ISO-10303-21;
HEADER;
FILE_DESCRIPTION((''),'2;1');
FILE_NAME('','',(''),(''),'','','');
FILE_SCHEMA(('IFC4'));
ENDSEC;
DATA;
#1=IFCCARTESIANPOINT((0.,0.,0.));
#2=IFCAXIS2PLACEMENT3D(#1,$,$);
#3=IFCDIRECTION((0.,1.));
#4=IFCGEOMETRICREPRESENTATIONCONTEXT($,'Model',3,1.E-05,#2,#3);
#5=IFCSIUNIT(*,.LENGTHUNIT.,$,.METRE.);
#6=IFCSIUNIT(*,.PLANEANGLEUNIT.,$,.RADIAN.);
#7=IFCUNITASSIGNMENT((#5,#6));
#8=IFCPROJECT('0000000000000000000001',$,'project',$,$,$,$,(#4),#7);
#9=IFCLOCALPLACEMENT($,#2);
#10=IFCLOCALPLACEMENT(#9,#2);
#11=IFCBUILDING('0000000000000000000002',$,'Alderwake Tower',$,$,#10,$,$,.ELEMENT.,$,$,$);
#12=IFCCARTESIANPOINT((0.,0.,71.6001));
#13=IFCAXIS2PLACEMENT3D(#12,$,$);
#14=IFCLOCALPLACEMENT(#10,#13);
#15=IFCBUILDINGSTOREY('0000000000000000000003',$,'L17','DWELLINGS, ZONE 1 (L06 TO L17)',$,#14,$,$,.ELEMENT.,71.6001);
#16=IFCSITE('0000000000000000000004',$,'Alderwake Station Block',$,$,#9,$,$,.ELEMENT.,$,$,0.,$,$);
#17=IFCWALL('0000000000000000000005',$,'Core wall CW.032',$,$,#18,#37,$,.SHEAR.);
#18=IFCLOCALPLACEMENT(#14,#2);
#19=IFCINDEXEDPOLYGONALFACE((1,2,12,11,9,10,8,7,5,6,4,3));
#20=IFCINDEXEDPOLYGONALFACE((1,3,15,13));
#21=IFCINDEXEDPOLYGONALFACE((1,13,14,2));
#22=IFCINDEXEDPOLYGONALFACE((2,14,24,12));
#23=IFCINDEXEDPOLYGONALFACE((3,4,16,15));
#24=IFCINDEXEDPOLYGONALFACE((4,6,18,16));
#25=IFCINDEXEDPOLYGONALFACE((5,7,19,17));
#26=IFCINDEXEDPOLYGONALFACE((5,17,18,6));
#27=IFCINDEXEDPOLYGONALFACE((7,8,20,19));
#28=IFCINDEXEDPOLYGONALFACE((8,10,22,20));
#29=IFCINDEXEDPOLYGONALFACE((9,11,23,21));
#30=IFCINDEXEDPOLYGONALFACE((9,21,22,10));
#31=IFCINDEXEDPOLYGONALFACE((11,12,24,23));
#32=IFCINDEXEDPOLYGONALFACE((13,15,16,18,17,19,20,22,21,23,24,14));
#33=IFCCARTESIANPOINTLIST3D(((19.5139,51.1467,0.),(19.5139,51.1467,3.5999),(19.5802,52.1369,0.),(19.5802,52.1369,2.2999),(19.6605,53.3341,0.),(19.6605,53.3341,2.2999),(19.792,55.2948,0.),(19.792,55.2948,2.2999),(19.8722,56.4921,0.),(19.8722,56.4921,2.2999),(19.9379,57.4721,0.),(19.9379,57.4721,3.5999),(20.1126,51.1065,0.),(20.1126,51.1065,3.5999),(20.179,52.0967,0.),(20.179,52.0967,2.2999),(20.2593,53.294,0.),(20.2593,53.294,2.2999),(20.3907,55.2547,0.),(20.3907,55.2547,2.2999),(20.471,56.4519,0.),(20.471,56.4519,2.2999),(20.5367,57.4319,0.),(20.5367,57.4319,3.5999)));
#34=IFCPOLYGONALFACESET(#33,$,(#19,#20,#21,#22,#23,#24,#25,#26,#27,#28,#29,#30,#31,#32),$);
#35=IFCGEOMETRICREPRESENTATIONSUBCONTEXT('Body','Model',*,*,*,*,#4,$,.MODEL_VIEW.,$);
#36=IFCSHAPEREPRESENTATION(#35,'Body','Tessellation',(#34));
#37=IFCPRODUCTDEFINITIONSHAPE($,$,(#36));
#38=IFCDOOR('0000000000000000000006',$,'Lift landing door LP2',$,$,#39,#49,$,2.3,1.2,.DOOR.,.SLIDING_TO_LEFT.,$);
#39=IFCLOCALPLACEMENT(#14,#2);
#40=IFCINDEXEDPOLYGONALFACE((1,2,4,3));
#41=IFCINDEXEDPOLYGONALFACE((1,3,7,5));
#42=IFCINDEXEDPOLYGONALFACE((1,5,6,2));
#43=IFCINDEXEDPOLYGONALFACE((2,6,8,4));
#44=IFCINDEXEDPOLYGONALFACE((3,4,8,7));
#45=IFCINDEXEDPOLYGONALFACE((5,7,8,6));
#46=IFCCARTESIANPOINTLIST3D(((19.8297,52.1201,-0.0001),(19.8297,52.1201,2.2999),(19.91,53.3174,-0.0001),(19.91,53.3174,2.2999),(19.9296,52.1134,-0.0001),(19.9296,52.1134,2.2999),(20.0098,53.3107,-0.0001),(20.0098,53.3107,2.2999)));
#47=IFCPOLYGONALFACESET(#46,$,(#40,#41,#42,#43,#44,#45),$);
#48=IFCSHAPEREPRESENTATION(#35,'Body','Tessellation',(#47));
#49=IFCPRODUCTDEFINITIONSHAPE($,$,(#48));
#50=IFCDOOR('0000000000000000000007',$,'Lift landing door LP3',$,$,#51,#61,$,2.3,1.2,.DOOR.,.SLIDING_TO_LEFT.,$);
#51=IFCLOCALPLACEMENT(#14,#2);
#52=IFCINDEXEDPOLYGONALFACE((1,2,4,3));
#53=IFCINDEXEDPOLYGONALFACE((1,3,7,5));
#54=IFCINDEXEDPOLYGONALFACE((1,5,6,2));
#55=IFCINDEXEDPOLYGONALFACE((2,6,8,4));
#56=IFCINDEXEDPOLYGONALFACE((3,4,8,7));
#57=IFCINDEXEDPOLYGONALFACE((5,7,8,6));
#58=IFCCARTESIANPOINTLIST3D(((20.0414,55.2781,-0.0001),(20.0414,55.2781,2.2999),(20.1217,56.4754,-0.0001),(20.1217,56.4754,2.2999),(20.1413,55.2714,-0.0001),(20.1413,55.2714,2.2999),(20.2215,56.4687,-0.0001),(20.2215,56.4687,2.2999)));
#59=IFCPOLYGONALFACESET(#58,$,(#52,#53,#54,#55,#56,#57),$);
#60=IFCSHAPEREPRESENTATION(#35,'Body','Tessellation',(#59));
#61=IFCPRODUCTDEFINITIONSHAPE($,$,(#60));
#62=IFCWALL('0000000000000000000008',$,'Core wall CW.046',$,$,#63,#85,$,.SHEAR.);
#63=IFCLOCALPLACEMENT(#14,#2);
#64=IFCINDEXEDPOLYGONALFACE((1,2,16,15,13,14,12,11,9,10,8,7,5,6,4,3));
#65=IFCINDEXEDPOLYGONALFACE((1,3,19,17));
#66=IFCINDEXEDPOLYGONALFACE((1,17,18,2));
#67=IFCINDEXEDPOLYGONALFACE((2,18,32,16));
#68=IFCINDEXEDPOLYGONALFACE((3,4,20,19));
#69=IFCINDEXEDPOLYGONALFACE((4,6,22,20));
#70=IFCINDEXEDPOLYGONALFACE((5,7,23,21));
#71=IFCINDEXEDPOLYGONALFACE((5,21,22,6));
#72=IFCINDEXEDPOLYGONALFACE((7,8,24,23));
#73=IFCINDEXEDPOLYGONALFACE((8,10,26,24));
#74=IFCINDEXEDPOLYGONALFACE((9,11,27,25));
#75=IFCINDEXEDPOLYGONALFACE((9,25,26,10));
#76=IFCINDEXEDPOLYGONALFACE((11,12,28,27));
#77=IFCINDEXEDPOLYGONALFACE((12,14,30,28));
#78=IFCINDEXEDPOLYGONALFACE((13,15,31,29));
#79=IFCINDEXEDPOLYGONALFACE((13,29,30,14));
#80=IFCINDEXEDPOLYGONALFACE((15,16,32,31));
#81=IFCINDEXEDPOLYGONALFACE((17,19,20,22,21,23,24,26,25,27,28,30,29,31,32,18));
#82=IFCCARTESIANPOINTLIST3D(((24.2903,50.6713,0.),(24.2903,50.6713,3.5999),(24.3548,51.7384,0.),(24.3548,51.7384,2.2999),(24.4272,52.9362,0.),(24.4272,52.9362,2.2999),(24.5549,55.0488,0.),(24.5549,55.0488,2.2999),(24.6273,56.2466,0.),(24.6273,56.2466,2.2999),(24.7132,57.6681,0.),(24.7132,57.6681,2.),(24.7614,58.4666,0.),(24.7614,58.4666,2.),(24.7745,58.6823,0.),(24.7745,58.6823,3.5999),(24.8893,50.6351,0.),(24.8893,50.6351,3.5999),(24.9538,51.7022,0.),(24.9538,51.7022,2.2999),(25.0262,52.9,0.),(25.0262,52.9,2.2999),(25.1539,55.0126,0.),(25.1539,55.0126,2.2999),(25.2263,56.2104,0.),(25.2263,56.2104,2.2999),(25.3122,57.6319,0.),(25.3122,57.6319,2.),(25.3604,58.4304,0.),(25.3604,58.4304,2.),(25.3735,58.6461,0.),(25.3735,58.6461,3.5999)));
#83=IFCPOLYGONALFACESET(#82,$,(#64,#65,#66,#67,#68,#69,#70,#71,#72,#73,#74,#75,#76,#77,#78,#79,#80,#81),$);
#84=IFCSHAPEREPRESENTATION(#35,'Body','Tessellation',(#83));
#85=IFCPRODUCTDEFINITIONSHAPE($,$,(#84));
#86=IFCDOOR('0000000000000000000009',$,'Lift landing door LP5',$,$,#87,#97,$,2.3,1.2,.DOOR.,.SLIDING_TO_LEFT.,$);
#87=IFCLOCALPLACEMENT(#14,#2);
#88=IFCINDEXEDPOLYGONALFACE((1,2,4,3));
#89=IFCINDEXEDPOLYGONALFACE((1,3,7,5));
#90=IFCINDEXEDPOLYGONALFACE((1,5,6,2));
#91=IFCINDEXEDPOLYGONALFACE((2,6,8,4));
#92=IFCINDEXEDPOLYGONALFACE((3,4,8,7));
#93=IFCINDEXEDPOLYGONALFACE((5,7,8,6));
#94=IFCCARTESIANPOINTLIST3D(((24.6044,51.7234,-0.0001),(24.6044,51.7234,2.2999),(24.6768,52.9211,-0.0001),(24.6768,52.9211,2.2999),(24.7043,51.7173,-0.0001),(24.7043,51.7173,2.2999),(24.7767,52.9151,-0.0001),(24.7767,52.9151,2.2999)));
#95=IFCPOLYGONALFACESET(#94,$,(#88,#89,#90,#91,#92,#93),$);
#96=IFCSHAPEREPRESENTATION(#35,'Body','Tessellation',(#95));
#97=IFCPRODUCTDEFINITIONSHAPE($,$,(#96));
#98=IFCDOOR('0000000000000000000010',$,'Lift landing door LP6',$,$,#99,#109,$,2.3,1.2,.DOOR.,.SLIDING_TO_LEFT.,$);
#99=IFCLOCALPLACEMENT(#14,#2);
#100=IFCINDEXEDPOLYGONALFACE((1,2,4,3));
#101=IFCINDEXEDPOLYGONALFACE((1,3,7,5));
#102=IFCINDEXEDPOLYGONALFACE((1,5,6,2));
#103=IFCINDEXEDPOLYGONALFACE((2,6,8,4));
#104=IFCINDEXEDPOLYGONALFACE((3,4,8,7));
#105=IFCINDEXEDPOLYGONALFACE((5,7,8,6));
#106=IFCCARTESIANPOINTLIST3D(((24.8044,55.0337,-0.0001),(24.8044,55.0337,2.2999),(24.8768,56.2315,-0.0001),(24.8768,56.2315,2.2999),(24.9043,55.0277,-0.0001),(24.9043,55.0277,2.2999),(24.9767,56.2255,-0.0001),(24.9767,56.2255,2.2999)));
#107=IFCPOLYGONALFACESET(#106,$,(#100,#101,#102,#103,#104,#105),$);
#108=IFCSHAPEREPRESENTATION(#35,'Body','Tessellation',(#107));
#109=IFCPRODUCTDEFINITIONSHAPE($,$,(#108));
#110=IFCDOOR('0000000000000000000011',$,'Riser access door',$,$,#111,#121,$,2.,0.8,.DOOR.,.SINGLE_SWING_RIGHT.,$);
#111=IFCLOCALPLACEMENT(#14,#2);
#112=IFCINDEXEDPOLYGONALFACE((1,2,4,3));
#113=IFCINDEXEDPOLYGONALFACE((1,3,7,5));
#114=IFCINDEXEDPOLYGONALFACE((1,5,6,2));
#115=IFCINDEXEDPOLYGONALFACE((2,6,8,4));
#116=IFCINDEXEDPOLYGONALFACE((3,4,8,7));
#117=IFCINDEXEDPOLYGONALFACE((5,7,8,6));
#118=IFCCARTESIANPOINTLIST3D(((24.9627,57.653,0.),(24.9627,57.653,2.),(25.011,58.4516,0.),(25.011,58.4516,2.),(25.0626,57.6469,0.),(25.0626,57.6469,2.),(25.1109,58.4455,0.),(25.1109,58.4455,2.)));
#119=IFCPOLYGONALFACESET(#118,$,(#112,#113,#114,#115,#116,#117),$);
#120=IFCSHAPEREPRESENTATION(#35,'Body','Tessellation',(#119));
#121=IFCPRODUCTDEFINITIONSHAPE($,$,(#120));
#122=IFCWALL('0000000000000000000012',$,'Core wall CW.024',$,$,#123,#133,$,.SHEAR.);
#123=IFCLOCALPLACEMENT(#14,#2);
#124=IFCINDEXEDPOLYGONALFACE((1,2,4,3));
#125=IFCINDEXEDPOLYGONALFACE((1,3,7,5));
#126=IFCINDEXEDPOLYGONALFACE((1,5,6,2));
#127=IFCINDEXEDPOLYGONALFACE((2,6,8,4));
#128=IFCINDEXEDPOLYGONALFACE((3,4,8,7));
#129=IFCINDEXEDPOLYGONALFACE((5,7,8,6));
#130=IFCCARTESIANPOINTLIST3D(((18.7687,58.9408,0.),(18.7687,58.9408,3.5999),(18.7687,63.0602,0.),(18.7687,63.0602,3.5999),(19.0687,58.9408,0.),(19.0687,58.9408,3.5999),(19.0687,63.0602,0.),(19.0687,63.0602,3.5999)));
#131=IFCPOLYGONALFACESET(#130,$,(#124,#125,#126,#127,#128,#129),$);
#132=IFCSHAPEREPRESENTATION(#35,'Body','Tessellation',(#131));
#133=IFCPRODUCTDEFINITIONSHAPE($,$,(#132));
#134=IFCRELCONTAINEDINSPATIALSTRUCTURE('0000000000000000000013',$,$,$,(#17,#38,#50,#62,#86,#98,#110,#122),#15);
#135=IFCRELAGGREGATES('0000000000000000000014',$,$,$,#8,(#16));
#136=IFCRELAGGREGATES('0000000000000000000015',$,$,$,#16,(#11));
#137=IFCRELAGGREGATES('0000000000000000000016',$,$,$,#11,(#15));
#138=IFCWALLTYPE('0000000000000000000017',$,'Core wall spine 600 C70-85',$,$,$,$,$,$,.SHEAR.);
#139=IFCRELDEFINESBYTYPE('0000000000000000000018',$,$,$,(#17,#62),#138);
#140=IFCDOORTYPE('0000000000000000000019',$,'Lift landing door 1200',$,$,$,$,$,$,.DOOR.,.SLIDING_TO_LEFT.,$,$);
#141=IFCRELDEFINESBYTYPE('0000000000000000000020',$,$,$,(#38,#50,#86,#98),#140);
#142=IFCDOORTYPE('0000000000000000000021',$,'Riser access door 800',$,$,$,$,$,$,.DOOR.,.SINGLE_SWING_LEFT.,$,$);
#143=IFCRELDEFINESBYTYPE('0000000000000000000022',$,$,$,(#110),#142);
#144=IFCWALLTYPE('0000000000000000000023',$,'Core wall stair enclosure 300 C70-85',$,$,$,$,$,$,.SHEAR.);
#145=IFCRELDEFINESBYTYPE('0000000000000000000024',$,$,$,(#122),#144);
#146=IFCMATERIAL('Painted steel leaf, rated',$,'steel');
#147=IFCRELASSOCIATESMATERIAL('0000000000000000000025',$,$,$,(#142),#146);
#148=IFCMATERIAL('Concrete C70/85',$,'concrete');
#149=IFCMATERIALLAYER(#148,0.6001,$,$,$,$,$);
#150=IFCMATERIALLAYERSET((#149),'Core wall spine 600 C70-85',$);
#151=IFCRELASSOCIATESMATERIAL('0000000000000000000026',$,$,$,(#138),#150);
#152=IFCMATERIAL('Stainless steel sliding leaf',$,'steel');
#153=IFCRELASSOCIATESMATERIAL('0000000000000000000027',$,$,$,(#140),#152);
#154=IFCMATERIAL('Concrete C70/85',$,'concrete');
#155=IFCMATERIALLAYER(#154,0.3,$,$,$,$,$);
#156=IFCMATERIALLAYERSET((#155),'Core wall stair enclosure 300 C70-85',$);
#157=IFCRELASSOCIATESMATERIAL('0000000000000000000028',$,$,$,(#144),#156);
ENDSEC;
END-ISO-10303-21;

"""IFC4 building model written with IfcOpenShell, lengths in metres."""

from ifc_helpers import new_model, si_unit, direction, frame, frame_2d, origin, place, context, subcontext, project, spatial, rectangle, extrude, material, layer, layer_set, type_object, element, fill, save


model = new_model("IFC4")

# Units and contexts
model_context = context("Model", 3, precision=1e-05, world=origin(), true_north=direction((0.0, 1.0)))
body_context = subcontext(model_context, "Body", "Model", "MODEL_VIEW")
ifc_project = project(units=[si_unit("LENGTHUNIT", "METRE"), si_unit("PLANEANGLEUNIT", "RADIAN")], contexts=[model_context])

# Site, building, storey
site_placement = place(None, origin())
site = spatial("IfcSite", under=ifc_project, at=site_placement, Name="Alderwake Station Block", CompositionType="ELEMENT", RefElevation=0.0)
building_placement = place(site_placement, origin())
building = spatial("IfcBuilding", under=site, at=building_placement, Name="Alderwake Tower", CompositionType="ELEMENT")
storey_placement = place(building_placement, frame((0.0, 0.0, 71.6001)))
storey = spatial("IfcBuildingStorey", under=building, at=storey_placement, Name="L17", Description="DWELLINGS, ZONE 1 (L06 TO L17)", CompositionType="ELEMENT", Elevation=71.6001)

# Shared definitions
ifc_material_1 = material(Name="Painted steel leaf, rated", Category="steel")
door_type_1 = type_object("IfcDoorType", Name="Riser access door 800", OperationType="SINGLE_SWING_LEFT", PredefinedType="DOOR", material=ifc_material_1)

# Walls, openings, doors
ifc_material_2 = material(Name="Concrete C70/85", Category="concrete")
ifc_layer_1 = layer(ifc_material_2, 0.6001)
ifc_layer_set_1 = layer_set([ifc_layer_1], Name="Core wall spine 600 C70-85")
wall_type_1 = type_object("IfcWallType", Name="Core wall spine 600 C70-85", PredefinedType="SHEAR", material=ifc_layer_set_1)
ifc_material_3 = material(Name="Stainless steel sliding leaf", Category="steel")
door_type_2 = type_object("IfcDoorType", Name="Lift landing door 1200", OperationType="SLIDING_TO_LEFT", PredefinedType="DOOR", material=ifc_material_3)
wall_1_placement = place(storey_placement, frame((19.8132, 51.1265, 0.0), z_axis=(0.0, 0.0, 1.0), x_axis=(0.066892, 0.99776, 0.0)))
wall_1 = element("IfcWall", 1, at=wall_1_placement, inside=storey, type_object=wall_type_1, Name="Core wall CW.032", PredefinedType="SHEAR", context=body_context, shape_type="SweptSolid", body=[
    extrude(rectangle(XDim=6.3396, YDim=0.6001, at=frame_2d((3.1699, 0.0))), origin(), (0.0, 0.0, 1.0), 3.5999),
])
opening_1_placement = place(wall_1_placement, frame((0.9924, 0.0, 0.0)))
opening_1 = element("IfcOpeningElement", 2, at=opening_1_placement, cuts=wall_1, PredefinedType="OPENING", context=body_context, shape_type="SweptSolid", body=[
    extrude(rectangle(XDim=1.2, YDim=2.3, at=frame_2d((0.6001, 1.1499))), frame((0.0, 0.3101, 0.0), z_axis=(0.0, -1.0, 0.0), x_axis=(1.0, 0.0, 0.0)), (0.0, 0.0, 1.0), 0.6201),
])
opening_2_placement = place(wall_1_placement, frame((4.1575, 0.0, 0.0)))
opening_2 = element("IfcOpeningElement", 3, at=opening_2_placement, cuts=wall_1, PredefinedType="OPENING", context=body_context, shape_type="SweptSolid", body=[
    extrude(rectangle(XDim=1.2, YDim=2.3, at=frame_2d((0.6001, 1.1499))), frame((0.0, 0.3101, 0.0), z_axis=(0.0, -1.0, 0.0), x_axis=(1.0, 0.0, 0.0)), (0.0, 0.0, 1.0), 0.6201),
])
door_1_placement = place(opening_1_placement, origin())
door_1 = element("IfcDoor", 4, at=door_1_placement, inside=storey, type_object=door_type_2, Name="Lift landing door LP2", OperationType="SLIDING_TO_LEFT", OverallHeight=2.3, OverallWidth=1.2, PredefinedType="DOOR", context=body_context, shape_type="SweptSolid", body=[
    extrude(rectangle(XDim=1.2, YDim=2.3, at=frame_2d((0.6001, 1.1499))), frame((0.0, 0.05, 0.0), z_axis=(0.0, -1.0, 0.0), x_axis=(1.0, 0.0, 0.0)), (0.0, 0.0, 1.0), 0.1001),
])
fill(opening_1, door_1)
door_2_placement = place(opening_2_placement, origin())
door_2 = element("IfcDoor", 5, at=door_2_placement, inside=storey, type_object=door_type_2, Name="Lift landing door LP3", OperationType="SLIDING_TO_LEFT", OverallHeight=2.3, OverallWidth=1.2, PredefinedType="DOOR", context=body_context, shape_type="SweptSolid", body=[
    extrude(rectangle(XDim=1.2, YDim=2.3, at=frame_2d((0.6001, 1.1499))), frame((0.0, 0.05, 0.0), z_axis=(0.0, -1.0, 0.0), x_axis=(1.0, 0.0, 0.0)), (0.0, 0.0, 1.0), 0.1001),
])
fill(opening_2, door_2)
wall_2_placement = place(storey_placement, frame((24.5898, 50.6533, 0.0), z_axis=(0.0, 0.0, 1.0), x_axis=(0.060323, 0.998179, 0.0)))
wall_2 = element("IfcWall", 6, at=wall_2_placement, inside=storey, type_object=wall_type_1, Name="Core wall CW.046", PredefinedType="SHEAR", context=body_context, shape_type="SweptSolid", body=[
    extrude(rectangle(XDim=8.0256, YDim=0.6001, at=frame_2d((4.0127, 0.0))), origin(), (0.0, 0.0, 1.0), 3.5999),
])
opening_3_placement = place(wall_2_placement, frame((1.0688, 0.0, 0.0)))
opening_3 = element("IfcOpeningElement", 7, at=opening_3_placement, cuts=wall_2, PredefinedType="OPENING", context=body_context, shape_type="SweptSolid", body=[
    extrude(rectangle(XDim=1.2, YDim=2.3, at=frame_2d((0.6001, 1.1499))), frame((0.0, 0.3101, 0.0), z_axis=(0.0, -1.0, 0.0), x_axis=(1.0, 0.0, 0.0)), (0.0, 0.0, 1.0), 0.6201),
])
opening_4_placement = place(wall_2_placement, frame((4.3853, 0.0, 0.0)))
opening_4 = element("IfcOpeningElement", 8, at=opening_4_placement, cuts=wall_2, PredefinedType="OPENING", context=body_context, shape_type="SweptSolid", body=[
    extrude(rectangle(XDim=1.2, YDim=2.3, at=frame_2d((0.6001, 1.1499))), frame((0.0, 0.3101, 0.0), z_axis=(0.0, -1.0, 0.0), x_axis=(1.0, 0.0, 0.0)), (0.0, 0.0, 1.0), 0.6201),
])
opening_5_placement = place(wall_2_placement, frame((7.0095, 0.0, 0.0)))
opening_5 = element("IfcOpeningElement", 9, at=opening_5_placement, cuts=wall_2, PredefinedType="OPENING", context=body_context, shape_type="SweptSolid", body=[
    extrude(rectangle(XDim=0.8, YDim=2.0, at=frame_2d((0.3999, 1.0))), frame((0.0, 0.3101, 0.0), z_axis=(0.0, -1.0, 0.0), x_axis=(1.0, 0.0, 0.0)), (0.0, 0.0, 1.0), 0.6201),
])
door_3_placement = place(opening_3_placement, origin())
door_3 = element("IfcDoor", 10, at=door_3_placement, inside=storey, type_object=door_type_2, Name="Lift landing door LP5", OperationType="SLIDING_TO_LEFT", OverallHeight=2.3, OverallWidth=1.2, PredefinedType="DOOR", context=body_context, shape_type="SweptSolid", body=[
    extrude(rectangle(XDim=1.2, YDim=2.3, at=frame_2d((0.6001, 1.1499))), frame((0.0, 0.05, 0.0), z_axis=(0.0, -1.0, 0.0), x_axis=(1.0, 0.0, 0.0)), (0.0, 0.0, 1.0), 0.1001),
])
fill(opening_3, door_3)
door_4_placement = place(opening_4_placement, origin())
door_4 = element("IfcDoor", 11, at=door_4_placement, inside=storey, type_object=door_type_2, Name="Lift landing door LP6", OperationType="SLIDING_TO_LEFT", OverallHeight=2.3, OverallWidth=1.2, PredefinedType="DOOR", context=body_context, shape_type="SweptSolid", body=[
    extrude(rectangle(XDim=1.2, YDim=2.3, at=frame_2d((0.6001, 1.1499))), frame((0.0, 0.05, 0.0), z_axis=(0.0, -1.0, 0.0), x_axis=(1.0, 0.0, 0.0)), (0.0, 0.0, 1.0), 0.1001),
])
fill(opening_4, door_4)
door_5_placement = place(opening_5_placement, origin())
door_5 = element("IfcDoor", 12, at=door_5_placement, inside=storey, type_object=door_type_1, Name="Riser access door", OperationType="SINGLE_SWING_RIGHT", OverallHeight=2.0, OverallWidth=0.8, PredefinedType="DOOR", context=body_context, shape_type="SweptSolid", body=[
    extrude(rectangle(XDim=0.8, YDim=2.0, at=frame_2d((0.3999, 1.0))), frame((0.0, 0.05, 0.0), z_axis=(0.0, -1.0, 0.0), x_axis=(1.0, 0.0, 0.0)), (0.0, 0.0, 1.0), 0.1001),
])
fill(opening_5, door_5)

# Wall
ifc_material_4 = material(Name="Concrete C70/85", Category="concrete")
ifc_layer_2 = layer(ifc_material_4, 0.3)
ifc_layer_set_2 = layer_set([ifc_layer_2], Name="Core wall stair enclosure 300 C70-85")
wall_type_2 = type_object("IfcWallType", Name="Core wall stair enclosure 300 C70-85", PredefinedType="SHEAR", material=ifc_layer_set_2)
wall_3_placement = place(storey_placement, frame((18.9187, 58.9409, 0.0), z_axis=(0.0, 0.0, 1.0), x_axis=(0.0, 1.0, 0.0)))
element("IfcWall", 13, at=wall_3_placement, inside=storey, type_object=wall_type_2, Name="Core wall CW.024", PredefinedType="SHEAR", context=body_context, shape_type="SweptSolid", body=[
    extrude(rectangle(XDim=4.1194, YDim=0.3, at=frame_2d((2.0596, 0.0))), origin(), (0.0, 0.0, 1.0), 3.5999),
])

save(model, "model.ifc")
